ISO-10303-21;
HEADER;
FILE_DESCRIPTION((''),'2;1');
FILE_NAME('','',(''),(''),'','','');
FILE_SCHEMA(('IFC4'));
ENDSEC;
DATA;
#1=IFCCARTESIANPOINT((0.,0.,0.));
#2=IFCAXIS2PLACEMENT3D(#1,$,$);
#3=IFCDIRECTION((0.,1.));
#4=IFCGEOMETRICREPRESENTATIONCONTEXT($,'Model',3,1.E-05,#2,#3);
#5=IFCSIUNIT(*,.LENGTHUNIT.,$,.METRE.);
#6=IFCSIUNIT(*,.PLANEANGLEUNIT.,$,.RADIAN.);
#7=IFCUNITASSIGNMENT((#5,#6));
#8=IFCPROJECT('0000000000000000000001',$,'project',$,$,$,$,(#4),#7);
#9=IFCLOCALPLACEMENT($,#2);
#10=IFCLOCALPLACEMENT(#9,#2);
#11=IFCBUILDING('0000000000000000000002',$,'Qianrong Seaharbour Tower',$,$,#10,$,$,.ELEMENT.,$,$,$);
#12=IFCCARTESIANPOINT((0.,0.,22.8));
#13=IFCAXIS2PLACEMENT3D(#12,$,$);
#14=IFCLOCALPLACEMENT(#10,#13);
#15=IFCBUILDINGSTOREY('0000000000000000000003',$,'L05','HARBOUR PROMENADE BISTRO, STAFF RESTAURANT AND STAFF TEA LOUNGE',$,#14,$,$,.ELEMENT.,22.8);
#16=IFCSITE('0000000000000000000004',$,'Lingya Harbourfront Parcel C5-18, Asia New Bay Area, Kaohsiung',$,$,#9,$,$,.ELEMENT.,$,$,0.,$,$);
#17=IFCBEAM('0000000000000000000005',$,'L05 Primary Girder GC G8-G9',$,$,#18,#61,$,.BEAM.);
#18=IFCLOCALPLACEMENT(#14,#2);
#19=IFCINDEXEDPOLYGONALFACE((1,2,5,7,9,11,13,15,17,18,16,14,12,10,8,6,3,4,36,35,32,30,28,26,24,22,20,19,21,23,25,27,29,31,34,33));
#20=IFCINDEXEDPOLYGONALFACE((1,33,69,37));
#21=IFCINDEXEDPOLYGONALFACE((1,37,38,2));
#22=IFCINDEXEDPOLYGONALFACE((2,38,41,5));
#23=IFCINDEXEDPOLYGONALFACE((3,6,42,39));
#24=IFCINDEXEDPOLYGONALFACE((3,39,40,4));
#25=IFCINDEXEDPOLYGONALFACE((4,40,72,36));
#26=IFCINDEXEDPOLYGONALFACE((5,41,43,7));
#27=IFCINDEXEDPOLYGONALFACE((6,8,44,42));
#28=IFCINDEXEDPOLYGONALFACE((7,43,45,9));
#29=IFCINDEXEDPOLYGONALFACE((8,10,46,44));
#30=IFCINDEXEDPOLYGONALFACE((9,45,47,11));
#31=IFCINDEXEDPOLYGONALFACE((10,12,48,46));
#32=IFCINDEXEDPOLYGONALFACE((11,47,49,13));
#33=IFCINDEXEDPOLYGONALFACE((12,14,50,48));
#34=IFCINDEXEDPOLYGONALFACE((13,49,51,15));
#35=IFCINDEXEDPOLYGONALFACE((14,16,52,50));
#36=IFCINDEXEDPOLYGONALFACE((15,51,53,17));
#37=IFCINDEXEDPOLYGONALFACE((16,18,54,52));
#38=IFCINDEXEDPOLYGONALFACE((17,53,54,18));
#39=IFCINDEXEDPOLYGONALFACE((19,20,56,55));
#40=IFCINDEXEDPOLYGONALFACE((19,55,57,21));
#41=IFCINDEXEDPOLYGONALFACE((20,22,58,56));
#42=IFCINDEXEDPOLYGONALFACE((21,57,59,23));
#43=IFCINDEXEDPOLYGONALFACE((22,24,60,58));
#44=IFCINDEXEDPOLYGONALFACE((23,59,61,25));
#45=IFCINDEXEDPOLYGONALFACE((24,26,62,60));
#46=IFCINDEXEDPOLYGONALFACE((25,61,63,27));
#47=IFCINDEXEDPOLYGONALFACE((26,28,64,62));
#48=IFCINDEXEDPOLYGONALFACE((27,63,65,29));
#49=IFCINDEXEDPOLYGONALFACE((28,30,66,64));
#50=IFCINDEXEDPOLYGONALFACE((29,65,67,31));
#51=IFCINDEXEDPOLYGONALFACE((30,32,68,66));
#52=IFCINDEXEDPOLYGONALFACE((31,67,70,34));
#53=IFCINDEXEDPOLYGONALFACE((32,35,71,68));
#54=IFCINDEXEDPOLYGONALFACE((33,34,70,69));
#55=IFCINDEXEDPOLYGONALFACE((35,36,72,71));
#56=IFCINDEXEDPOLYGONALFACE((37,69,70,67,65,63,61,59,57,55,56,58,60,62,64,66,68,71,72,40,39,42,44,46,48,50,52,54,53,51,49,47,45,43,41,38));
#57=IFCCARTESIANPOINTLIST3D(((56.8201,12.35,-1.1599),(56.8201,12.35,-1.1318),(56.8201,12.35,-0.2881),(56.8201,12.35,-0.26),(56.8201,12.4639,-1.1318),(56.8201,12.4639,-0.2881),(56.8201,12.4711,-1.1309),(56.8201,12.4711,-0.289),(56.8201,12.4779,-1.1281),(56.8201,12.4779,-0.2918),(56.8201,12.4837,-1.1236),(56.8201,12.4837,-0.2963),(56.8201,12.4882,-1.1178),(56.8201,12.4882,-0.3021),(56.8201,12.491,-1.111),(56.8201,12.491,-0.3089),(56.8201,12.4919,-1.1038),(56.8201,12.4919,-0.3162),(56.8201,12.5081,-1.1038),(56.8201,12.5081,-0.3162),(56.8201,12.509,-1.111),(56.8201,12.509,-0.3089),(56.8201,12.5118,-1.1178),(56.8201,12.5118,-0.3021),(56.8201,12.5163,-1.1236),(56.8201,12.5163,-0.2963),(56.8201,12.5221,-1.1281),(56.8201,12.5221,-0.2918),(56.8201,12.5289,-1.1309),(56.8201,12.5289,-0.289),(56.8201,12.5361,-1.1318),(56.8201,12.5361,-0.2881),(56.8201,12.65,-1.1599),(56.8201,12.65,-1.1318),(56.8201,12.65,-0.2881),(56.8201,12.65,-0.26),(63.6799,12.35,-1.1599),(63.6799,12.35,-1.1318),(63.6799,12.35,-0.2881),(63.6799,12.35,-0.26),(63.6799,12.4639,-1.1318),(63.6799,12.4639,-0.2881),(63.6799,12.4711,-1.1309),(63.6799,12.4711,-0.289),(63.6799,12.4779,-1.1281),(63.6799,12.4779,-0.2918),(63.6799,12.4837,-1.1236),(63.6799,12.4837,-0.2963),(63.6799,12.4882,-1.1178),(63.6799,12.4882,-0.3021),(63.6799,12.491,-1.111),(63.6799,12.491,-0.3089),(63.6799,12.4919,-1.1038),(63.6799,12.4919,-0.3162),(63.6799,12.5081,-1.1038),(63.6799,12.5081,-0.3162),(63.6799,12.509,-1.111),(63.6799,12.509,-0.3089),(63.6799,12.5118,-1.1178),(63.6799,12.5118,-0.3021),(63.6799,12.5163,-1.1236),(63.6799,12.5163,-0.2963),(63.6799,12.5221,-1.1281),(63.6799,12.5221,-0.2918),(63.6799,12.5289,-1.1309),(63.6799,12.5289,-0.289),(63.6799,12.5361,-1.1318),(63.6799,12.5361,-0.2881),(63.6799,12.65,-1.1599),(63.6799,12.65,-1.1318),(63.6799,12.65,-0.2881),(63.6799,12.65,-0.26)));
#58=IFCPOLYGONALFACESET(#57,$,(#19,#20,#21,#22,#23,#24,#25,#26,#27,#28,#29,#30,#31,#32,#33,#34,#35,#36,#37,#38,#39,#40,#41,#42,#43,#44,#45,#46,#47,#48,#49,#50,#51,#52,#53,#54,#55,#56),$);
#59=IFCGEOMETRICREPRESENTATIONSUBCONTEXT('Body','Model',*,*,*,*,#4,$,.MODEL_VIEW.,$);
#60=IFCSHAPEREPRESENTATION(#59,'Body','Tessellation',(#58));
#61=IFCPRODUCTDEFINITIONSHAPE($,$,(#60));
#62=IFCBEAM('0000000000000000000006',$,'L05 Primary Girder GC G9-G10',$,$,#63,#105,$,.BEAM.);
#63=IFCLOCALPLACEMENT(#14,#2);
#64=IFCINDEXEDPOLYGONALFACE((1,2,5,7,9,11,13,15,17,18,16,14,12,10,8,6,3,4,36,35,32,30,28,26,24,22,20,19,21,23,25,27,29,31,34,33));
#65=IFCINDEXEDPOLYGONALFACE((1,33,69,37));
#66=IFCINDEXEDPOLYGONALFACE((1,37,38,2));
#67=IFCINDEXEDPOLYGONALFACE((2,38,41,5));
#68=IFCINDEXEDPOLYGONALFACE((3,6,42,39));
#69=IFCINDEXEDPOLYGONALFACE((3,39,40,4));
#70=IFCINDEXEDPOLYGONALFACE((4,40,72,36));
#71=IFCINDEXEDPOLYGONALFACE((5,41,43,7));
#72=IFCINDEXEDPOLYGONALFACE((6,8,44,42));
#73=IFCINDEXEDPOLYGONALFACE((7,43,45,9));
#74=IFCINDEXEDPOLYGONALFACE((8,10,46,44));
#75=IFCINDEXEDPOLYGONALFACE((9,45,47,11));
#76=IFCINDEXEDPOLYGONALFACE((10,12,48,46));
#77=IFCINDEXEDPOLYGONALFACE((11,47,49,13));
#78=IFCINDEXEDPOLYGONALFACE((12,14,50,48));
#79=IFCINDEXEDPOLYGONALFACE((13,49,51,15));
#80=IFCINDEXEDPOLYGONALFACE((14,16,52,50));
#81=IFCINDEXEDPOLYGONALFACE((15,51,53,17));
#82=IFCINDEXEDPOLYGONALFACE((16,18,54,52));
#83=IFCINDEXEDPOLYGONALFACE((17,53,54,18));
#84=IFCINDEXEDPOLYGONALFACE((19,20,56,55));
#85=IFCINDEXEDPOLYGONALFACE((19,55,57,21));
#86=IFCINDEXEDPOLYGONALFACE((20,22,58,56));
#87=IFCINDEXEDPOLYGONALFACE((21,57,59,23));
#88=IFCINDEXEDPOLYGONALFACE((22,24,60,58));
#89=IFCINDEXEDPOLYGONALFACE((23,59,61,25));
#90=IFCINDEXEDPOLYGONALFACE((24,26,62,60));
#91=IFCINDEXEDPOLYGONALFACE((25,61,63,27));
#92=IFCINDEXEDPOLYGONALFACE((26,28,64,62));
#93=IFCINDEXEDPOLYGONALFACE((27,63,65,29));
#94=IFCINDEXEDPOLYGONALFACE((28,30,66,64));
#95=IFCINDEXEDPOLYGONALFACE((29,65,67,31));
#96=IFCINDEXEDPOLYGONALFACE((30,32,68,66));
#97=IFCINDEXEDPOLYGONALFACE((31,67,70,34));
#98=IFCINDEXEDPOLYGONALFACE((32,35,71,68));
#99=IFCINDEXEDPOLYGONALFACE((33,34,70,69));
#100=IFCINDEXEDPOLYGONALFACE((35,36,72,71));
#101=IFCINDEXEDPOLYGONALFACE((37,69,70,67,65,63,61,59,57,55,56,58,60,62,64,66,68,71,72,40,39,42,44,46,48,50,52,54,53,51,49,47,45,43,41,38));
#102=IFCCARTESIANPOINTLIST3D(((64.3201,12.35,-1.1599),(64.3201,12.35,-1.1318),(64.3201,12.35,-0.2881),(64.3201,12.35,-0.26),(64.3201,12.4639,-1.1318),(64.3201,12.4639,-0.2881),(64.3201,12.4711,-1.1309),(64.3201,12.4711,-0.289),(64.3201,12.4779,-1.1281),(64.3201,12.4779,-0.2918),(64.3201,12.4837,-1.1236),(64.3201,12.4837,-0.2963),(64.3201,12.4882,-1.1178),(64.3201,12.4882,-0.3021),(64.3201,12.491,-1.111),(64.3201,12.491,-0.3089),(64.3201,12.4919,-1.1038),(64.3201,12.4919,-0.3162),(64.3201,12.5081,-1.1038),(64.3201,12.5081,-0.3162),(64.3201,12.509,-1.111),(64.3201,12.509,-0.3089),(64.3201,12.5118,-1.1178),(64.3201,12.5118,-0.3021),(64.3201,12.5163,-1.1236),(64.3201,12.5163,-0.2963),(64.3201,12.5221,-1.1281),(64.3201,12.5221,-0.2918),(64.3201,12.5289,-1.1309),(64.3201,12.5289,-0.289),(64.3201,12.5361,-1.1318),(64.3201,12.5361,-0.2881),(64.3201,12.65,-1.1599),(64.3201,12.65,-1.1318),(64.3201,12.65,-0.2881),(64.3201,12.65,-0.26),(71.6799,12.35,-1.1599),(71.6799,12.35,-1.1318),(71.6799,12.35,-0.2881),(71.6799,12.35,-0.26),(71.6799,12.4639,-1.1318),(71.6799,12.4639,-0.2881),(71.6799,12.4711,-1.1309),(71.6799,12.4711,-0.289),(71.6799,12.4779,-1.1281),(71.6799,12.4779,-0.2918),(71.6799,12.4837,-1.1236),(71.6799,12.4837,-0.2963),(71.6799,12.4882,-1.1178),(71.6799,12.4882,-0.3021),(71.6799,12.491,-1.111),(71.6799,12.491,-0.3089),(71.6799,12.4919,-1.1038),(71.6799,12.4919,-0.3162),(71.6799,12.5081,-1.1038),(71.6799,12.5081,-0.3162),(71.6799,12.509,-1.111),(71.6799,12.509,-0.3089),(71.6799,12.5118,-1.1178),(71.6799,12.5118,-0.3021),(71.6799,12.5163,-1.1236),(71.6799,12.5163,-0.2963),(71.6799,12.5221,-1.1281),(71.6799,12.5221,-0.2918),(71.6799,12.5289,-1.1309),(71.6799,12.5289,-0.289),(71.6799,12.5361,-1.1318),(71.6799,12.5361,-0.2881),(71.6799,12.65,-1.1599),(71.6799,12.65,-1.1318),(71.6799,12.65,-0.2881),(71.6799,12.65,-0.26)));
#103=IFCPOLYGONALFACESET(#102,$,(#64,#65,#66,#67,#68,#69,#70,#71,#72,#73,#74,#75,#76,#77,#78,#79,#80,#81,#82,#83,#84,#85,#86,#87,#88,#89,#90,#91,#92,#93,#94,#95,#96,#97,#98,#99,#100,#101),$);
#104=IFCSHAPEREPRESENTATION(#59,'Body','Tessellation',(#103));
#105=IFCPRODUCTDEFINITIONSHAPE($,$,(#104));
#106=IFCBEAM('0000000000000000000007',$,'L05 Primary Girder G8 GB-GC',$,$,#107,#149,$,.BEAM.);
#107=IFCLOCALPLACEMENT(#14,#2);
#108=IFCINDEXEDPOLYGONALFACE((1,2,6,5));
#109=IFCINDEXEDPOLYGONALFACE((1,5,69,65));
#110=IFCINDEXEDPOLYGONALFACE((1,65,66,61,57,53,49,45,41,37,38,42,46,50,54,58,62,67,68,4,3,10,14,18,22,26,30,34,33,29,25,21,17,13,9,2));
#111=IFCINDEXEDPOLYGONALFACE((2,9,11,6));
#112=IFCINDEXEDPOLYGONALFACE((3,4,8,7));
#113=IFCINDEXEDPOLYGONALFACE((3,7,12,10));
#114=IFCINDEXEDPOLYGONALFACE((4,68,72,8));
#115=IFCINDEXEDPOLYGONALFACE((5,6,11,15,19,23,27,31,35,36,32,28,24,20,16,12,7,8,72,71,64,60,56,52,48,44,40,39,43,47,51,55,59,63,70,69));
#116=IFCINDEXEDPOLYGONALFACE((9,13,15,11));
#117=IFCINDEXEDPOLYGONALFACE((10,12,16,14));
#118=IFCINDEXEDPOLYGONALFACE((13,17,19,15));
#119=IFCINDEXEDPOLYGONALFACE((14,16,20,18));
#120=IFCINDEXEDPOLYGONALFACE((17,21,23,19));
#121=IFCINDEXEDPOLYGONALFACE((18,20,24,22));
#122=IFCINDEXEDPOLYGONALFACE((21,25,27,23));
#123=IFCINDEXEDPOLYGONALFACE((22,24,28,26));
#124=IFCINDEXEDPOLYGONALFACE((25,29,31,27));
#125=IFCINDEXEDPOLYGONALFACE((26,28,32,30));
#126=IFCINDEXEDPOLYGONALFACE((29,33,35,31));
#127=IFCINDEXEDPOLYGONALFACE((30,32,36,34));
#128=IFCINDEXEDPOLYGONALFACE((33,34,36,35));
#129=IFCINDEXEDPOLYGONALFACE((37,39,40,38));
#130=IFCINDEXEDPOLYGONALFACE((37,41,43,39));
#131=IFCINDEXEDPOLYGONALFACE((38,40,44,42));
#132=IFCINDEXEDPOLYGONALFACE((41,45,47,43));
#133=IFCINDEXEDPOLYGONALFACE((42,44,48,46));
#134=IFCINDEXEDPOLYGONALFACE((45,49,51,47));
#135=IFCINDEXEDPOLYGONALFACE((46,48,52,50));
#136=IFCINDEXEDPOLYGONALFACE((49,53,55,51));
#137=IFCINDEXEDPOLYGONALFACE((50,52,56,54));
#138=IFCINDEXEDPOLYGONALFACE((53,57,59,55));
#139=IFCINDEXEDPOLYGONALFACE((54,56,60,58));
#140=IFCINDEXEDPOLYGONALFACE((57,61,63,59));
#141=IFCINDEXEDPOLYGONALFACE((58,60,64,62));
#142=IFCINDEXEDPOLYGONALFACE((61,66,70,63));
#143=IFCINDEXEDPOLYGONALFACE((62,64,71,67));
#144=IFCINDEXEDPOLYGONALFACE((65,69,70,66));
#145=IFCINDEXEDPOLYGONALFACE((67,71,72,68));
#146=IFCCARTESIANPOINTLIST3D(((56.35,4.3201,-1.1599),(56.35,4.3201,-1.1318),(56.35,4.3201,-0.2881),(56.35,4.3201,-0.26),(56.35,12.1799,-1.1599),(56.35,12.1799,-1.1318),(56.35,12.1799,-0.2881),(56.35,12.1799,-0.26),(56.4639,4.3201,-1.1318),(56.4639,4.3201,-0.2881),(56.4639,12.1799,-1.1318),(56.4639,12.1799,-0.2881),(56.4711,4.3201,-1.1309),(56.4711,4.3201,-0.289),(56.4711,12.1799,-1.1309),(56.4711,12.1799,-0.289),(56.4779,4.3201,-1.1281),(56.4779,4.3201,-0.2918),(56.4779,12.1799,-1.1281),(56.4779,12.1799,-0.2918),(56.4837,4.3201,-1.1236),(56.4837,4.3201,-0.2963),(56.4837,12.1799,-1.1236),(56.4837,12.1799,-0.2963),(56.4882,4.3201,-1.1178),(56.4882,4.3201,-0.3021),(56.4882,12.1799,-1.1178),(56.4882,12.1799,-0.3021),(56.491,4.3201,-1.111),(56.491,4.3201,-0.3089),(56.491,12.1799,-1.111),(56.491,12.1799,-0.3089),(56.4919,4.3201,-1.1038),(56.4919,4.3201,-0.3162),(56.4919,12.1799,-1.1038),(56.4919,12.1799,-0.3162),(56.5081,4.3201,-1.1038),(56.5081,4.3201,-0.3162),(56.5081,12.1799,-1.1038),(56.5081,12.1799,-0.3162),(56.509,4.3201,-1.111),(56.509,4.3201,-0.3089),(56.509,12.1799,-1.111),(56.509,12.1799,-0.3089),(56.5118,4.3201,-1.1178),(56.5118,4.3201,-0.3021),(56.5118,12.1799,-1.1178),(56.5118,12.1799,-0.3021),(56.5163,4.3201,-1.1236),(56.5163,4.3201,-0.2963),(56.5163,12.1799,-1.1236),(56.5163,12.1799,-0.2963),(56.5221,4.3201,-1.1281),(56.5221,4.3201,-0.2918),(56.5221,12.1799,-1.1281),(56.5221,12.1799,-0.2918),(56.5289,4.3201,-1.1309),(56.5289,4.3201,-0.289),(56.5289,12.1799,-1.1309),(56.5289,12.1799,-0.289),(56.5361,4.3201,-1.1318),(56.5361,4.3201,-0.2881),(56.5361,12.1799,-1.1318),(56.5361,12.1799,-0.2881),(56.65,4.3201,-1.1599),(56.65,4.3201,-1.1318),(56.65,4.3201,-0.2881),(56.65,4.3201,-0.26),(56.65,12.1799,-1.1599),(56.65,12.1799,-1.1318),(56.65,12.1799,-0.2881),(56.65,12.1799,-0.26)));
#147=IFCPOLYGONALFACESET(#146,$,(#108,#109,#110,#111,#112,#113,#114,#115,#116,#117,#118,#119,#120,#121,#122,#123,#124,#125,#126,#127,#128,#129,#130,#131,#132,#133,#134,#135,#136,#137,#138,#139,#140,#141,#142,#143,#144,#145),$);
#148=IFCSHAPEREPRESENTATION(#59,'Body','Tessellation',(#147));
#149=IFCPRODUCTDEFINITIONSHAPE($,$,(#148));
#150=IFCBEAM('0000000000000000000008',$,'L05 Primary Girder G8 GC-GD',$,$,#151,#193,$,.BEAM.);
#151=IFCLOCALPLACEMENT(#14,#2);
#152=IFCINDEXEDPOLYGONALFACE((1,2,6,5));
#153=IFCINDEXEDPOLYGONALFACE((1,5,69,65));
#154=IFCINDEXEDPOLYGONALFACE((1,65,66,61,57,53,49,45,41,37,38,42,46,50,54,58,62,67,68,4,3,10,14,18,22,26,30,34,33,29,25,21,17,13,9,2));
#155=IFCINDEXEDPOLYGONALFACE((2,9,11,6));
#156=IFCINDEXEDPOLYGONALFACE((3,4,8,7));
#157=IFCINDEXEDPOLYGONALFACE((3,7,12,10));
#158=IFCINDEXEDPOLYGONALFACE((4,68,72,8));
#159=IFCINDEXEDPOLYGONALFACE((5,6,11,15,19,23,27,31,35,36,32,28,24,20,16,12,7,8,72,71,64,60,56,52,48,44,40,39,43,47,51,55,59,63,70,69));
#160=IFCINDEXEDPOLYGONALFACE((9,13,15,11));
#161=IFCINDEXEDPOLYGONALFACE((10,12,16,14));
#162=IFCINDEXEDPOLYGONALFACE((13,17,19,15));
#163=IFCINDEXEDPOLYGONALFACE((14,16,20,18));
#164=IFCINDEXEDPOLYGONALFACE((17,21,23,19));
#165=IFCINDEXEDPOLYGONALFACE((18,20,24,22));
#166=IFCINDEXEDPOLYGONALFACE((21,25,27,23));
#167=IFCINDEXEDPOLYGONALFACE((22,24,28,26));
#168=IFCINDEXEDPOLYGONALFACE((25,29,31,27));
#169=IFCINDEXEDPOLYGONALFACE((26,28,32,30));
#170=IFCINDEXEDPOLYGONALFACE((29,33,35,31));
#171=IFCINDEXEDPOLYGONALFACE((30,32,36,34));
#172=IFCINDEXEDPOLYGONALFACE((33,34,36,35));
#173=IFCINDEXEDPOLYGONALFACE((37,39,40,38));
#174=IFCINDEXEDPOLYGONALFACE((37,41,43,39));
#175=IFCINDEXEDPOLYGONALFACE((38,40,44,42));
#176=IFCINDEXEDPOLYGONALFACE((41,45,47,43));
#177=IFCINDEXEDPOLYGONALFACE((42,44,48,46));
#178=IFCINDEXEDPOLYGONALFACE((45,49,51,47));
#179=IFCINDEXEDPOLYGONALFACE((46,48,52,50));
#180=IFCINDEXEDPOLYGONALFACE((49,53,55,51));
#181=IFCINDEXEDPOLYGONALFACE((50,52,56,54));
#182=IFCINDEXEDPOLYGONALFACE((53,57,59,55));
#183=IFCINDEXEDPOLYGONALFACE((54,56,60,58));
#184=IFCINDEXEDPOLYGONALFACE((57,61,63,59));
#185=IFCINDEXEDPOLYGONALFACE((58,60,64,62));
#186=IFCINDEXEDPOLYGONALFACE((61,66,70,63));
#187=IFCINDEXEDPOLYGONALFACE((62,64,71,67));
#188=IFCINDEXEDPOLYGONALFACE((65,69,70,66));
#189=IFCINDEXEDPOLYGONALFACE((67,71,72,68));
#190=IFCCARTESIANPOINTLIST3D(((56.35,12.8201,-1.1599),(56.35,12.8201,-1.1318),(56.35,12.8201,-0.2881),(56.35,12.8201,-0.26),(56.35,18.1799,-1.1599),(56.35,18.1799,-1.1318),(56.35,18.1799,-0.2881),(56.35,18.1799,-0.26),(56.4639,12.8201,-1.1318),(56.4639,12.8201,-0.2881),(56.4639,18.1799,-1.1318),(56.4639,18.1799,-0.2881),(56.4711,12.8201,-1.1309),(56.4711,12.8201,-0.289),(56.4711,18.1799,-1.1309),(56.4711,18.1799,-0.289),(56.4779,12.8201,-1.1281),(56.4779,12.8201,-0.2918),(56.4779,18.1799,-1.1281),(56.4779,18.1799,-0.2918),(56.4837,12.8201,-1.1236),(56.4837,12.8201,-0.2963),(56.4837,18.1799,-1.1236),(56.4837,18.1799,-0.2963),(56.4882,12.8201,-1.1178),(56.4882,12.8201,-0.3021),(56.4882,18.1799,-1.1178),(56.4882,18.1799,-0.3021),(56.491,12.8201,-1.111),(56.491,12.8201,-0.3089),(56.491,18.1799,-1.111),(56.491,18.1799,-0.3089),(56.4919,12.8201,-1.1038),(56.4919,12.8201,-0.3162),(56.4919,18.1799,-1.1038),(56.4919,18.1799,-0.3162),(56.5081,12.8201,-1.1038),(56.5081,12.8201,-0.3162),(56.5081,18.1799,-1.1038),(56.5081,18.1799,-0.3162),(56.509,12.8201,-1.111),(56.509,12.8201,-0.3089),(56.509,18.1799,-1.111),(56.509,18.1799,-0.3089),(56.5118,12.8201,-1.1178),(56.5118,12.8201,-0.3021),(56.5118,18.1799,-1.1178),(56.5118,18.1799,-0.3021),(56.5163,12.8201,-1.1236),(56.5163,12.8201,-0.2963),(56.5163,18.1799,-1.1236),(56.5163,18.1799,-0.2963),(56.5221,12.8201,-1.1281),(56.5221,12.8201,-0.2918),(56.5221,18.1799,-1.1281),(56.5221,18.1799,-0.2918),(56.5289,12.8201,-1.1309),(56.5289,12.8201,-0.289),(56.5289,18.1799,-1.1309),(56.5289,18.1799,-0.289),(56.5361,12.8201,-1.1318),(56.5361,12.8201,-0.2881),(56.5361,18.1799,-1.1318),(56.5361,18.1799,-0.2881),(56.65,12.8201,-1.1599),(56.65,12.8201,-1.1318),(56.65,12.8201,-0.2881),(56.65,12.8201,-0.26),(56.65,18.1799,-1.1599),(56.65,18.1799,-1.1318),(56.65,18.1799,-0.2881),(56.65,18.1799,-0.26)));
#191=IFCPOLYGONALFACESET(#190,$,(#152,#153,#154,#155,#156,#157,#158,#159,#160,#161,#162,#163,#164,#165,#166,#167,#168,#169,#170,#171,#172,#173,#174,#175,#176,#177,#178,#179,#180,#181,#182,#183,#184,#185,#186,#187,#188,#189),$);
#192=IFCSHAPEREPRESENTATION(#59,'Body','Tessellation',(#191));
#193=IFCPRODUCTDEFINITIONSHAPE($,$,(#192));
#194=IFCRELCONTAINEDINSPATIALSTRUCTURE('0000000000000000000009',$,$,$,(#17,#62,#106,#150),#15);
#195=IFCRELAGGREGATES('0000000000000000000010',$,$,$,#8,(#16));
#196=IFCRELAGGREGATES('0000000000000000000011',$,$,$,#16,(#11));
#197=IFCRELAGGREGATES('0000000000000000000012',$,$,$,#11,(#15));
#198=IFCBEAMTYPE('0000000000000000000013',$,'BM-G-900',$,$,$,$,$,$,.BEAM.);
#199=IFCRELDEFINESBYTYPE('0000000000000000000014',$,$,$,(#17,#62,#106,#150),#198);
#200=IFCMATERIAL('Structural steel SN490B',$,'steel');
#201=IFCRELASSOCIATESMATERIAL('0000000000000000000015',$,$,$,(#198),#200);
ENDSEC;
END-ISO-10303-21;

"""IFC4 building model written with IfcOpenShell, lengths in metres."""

from ifc_helpers import new_model, si_unit, direction, frame, origin, origin_2d, place, context, subcontext, project, spatial, i_section, extrude, material, material_profile, profile_set, type_object, element, save


model = new_model("IFC4")

# Units and contexts
model_context = context("Model", 3, precision=1e-05, world=origin(), true_north=direction((0.0, 1.0)))
body_context = subcontext(model_context, "Body", "Model", "MODEL_VIEW")
ifc_project = project(units=[si_unit("LENGTHUNIT", "METRE"), si_unit("PLANEANGLEUNIT", "RADIAN")], contexts=[model_context])

# Site, building, storey
site_placement = place(None, origin())
site = spatial("IfcSite", under=ifc_project, at=site_placement, Name="Lingya Harbourfront Parcel C5-18, Asia New Bay Area, Kaohsiung", CompositionType="ELEMENT", RefElevation=0.0)
building_placement = place(site_placement, origin())
building = spatial("IfcBuilding", under=site, at=building_placement, Name="Qianrong Seaharbour Tower", CompositionType="ELEMENT")
storey_placement = place(building_placement, frame((0.0, 0.0, 22.8)))
storey = spatial("IfcBuildingStorey", under=building, at=storey_placement, Name="L05", Description="HARBOUR PROMENADE BISTRO, STAFF RESTAURANT AND STAFF TEA LOUNGE", CompositionType="ELEMENT", Elevation=22.8)

# Beams
ifc_material_1 = material(Name="Structural steel SN490B", Category="steel")
ifc_material_profile_1 = material_profile(ifc_material_1, i_section(OverallWidth=0.3, OverallDepth=0.8999, WebThickness=0.0161, FlangeThickness=0.0281, FilletRadius=0.0281, at=origin_2d()), Name="H900x300x16x28")
ifc_profile_set_1 = profile_set([ifc_material_profile_1], Name="Structural steel SN490B")
beam_type_1 = type_object("IfcBeamType", Name="BM-G-900", PredefinedType="BEAM", material=ifc_profile_set_1)
beam_1_placement = place(storey_placement, frame((56.8201, 12.5, -0.71), z_axis=(1.0, 0.0, 0.0), x_axis=(0.0, 1.0, 0.0)))
element("IfcBeam", 1, at=beam_1_placement, inside=storey, type_object=beam_type_1, Name="L05 Primary Girder GC G8-G9", PredefinedType="BEAM", context=body_context, shape_type="SweptSolid", body=[
    extrude(i_section(OverallWidth=0.3, OverallDepth=0.8999, WebThickness=0.0161, FlangeThickness=0.0281, FilletRadius=0.0281, at=origin_2d()), origin(), (0.0, 0.0, 1.0), 6.8599),
])
beam_2_placement = place(storey_placement, frame((64.3201, 12.5, -0.71), z_axis=(1.0, 0.0, 0.0), x_axis=(0.0, 1.0, 0.0)))
element("IfcBeam", 2, at=beam_2_placement, inside=storey, type_object=beam_type_1, Name="L05 Primary Girder GC G9-G10", PredefinedType="BEAM", context=body_context, shape_type="SweptSolid", body=[
    extrude(i_section(OverallWidth=0.3, OverallDepth=0.8999, WebThickness=0.0161, FlangeThickness=0.0281, FilletRadius=0.0281, at=origin_2d()), origin(), (0.0, 0.0, 1.0), 7.3599),
])
beam_3_placement = place(storey_placement, frame((56.5, 4.3201, -0.71), z_axis=(0.0, 1.0, 0.0), x_axis=(-1.0, 0.0, 0.0)))
element("IfcBeam", 3, at=beam_3_placement, inside=storey, type_object=beam_type_1, Name="L05 Primary Girder G8 GB-GC", PredefinedType="BEAM", context=body_context, shape_type="SweptSolid", body=[
    extrude(i_section(OverallWidth=0.3, OverallDepth=0.8999, WebThickness=0.0161, FlangeThickness=0.0281, FilletRadius=0.0281, at=origin_2d()), origin(), (0.0, 0.0, 1.0), 7.8599),
])
beam_4_placement = place(storey_placement, frame((56.5, 12.8201, -0.71), z_axis=(0.0, 1.0, 0.0), x_axis=(-1.0, 0.0, 0.0)))
element("IfcBeam", 4, at=beam_4_placement, inside=storey, type_object=beam_type_1, Name="L05 Primary Girder G8 GC-GD", PredefinedType="BEAM", context=body_context, shape_type="SweptSolid", body=[
    extrude(i_section(OverallWidth=0.3, OverallDepth=0.8999, WebThickness=0.0161, FlangeThickness=0.0281, FilletRadius=0.0281, at=origin_2d()), origin(), (0.0, 0.0, 1.0), 5.3599),
])

save(model, "model.ifc")
